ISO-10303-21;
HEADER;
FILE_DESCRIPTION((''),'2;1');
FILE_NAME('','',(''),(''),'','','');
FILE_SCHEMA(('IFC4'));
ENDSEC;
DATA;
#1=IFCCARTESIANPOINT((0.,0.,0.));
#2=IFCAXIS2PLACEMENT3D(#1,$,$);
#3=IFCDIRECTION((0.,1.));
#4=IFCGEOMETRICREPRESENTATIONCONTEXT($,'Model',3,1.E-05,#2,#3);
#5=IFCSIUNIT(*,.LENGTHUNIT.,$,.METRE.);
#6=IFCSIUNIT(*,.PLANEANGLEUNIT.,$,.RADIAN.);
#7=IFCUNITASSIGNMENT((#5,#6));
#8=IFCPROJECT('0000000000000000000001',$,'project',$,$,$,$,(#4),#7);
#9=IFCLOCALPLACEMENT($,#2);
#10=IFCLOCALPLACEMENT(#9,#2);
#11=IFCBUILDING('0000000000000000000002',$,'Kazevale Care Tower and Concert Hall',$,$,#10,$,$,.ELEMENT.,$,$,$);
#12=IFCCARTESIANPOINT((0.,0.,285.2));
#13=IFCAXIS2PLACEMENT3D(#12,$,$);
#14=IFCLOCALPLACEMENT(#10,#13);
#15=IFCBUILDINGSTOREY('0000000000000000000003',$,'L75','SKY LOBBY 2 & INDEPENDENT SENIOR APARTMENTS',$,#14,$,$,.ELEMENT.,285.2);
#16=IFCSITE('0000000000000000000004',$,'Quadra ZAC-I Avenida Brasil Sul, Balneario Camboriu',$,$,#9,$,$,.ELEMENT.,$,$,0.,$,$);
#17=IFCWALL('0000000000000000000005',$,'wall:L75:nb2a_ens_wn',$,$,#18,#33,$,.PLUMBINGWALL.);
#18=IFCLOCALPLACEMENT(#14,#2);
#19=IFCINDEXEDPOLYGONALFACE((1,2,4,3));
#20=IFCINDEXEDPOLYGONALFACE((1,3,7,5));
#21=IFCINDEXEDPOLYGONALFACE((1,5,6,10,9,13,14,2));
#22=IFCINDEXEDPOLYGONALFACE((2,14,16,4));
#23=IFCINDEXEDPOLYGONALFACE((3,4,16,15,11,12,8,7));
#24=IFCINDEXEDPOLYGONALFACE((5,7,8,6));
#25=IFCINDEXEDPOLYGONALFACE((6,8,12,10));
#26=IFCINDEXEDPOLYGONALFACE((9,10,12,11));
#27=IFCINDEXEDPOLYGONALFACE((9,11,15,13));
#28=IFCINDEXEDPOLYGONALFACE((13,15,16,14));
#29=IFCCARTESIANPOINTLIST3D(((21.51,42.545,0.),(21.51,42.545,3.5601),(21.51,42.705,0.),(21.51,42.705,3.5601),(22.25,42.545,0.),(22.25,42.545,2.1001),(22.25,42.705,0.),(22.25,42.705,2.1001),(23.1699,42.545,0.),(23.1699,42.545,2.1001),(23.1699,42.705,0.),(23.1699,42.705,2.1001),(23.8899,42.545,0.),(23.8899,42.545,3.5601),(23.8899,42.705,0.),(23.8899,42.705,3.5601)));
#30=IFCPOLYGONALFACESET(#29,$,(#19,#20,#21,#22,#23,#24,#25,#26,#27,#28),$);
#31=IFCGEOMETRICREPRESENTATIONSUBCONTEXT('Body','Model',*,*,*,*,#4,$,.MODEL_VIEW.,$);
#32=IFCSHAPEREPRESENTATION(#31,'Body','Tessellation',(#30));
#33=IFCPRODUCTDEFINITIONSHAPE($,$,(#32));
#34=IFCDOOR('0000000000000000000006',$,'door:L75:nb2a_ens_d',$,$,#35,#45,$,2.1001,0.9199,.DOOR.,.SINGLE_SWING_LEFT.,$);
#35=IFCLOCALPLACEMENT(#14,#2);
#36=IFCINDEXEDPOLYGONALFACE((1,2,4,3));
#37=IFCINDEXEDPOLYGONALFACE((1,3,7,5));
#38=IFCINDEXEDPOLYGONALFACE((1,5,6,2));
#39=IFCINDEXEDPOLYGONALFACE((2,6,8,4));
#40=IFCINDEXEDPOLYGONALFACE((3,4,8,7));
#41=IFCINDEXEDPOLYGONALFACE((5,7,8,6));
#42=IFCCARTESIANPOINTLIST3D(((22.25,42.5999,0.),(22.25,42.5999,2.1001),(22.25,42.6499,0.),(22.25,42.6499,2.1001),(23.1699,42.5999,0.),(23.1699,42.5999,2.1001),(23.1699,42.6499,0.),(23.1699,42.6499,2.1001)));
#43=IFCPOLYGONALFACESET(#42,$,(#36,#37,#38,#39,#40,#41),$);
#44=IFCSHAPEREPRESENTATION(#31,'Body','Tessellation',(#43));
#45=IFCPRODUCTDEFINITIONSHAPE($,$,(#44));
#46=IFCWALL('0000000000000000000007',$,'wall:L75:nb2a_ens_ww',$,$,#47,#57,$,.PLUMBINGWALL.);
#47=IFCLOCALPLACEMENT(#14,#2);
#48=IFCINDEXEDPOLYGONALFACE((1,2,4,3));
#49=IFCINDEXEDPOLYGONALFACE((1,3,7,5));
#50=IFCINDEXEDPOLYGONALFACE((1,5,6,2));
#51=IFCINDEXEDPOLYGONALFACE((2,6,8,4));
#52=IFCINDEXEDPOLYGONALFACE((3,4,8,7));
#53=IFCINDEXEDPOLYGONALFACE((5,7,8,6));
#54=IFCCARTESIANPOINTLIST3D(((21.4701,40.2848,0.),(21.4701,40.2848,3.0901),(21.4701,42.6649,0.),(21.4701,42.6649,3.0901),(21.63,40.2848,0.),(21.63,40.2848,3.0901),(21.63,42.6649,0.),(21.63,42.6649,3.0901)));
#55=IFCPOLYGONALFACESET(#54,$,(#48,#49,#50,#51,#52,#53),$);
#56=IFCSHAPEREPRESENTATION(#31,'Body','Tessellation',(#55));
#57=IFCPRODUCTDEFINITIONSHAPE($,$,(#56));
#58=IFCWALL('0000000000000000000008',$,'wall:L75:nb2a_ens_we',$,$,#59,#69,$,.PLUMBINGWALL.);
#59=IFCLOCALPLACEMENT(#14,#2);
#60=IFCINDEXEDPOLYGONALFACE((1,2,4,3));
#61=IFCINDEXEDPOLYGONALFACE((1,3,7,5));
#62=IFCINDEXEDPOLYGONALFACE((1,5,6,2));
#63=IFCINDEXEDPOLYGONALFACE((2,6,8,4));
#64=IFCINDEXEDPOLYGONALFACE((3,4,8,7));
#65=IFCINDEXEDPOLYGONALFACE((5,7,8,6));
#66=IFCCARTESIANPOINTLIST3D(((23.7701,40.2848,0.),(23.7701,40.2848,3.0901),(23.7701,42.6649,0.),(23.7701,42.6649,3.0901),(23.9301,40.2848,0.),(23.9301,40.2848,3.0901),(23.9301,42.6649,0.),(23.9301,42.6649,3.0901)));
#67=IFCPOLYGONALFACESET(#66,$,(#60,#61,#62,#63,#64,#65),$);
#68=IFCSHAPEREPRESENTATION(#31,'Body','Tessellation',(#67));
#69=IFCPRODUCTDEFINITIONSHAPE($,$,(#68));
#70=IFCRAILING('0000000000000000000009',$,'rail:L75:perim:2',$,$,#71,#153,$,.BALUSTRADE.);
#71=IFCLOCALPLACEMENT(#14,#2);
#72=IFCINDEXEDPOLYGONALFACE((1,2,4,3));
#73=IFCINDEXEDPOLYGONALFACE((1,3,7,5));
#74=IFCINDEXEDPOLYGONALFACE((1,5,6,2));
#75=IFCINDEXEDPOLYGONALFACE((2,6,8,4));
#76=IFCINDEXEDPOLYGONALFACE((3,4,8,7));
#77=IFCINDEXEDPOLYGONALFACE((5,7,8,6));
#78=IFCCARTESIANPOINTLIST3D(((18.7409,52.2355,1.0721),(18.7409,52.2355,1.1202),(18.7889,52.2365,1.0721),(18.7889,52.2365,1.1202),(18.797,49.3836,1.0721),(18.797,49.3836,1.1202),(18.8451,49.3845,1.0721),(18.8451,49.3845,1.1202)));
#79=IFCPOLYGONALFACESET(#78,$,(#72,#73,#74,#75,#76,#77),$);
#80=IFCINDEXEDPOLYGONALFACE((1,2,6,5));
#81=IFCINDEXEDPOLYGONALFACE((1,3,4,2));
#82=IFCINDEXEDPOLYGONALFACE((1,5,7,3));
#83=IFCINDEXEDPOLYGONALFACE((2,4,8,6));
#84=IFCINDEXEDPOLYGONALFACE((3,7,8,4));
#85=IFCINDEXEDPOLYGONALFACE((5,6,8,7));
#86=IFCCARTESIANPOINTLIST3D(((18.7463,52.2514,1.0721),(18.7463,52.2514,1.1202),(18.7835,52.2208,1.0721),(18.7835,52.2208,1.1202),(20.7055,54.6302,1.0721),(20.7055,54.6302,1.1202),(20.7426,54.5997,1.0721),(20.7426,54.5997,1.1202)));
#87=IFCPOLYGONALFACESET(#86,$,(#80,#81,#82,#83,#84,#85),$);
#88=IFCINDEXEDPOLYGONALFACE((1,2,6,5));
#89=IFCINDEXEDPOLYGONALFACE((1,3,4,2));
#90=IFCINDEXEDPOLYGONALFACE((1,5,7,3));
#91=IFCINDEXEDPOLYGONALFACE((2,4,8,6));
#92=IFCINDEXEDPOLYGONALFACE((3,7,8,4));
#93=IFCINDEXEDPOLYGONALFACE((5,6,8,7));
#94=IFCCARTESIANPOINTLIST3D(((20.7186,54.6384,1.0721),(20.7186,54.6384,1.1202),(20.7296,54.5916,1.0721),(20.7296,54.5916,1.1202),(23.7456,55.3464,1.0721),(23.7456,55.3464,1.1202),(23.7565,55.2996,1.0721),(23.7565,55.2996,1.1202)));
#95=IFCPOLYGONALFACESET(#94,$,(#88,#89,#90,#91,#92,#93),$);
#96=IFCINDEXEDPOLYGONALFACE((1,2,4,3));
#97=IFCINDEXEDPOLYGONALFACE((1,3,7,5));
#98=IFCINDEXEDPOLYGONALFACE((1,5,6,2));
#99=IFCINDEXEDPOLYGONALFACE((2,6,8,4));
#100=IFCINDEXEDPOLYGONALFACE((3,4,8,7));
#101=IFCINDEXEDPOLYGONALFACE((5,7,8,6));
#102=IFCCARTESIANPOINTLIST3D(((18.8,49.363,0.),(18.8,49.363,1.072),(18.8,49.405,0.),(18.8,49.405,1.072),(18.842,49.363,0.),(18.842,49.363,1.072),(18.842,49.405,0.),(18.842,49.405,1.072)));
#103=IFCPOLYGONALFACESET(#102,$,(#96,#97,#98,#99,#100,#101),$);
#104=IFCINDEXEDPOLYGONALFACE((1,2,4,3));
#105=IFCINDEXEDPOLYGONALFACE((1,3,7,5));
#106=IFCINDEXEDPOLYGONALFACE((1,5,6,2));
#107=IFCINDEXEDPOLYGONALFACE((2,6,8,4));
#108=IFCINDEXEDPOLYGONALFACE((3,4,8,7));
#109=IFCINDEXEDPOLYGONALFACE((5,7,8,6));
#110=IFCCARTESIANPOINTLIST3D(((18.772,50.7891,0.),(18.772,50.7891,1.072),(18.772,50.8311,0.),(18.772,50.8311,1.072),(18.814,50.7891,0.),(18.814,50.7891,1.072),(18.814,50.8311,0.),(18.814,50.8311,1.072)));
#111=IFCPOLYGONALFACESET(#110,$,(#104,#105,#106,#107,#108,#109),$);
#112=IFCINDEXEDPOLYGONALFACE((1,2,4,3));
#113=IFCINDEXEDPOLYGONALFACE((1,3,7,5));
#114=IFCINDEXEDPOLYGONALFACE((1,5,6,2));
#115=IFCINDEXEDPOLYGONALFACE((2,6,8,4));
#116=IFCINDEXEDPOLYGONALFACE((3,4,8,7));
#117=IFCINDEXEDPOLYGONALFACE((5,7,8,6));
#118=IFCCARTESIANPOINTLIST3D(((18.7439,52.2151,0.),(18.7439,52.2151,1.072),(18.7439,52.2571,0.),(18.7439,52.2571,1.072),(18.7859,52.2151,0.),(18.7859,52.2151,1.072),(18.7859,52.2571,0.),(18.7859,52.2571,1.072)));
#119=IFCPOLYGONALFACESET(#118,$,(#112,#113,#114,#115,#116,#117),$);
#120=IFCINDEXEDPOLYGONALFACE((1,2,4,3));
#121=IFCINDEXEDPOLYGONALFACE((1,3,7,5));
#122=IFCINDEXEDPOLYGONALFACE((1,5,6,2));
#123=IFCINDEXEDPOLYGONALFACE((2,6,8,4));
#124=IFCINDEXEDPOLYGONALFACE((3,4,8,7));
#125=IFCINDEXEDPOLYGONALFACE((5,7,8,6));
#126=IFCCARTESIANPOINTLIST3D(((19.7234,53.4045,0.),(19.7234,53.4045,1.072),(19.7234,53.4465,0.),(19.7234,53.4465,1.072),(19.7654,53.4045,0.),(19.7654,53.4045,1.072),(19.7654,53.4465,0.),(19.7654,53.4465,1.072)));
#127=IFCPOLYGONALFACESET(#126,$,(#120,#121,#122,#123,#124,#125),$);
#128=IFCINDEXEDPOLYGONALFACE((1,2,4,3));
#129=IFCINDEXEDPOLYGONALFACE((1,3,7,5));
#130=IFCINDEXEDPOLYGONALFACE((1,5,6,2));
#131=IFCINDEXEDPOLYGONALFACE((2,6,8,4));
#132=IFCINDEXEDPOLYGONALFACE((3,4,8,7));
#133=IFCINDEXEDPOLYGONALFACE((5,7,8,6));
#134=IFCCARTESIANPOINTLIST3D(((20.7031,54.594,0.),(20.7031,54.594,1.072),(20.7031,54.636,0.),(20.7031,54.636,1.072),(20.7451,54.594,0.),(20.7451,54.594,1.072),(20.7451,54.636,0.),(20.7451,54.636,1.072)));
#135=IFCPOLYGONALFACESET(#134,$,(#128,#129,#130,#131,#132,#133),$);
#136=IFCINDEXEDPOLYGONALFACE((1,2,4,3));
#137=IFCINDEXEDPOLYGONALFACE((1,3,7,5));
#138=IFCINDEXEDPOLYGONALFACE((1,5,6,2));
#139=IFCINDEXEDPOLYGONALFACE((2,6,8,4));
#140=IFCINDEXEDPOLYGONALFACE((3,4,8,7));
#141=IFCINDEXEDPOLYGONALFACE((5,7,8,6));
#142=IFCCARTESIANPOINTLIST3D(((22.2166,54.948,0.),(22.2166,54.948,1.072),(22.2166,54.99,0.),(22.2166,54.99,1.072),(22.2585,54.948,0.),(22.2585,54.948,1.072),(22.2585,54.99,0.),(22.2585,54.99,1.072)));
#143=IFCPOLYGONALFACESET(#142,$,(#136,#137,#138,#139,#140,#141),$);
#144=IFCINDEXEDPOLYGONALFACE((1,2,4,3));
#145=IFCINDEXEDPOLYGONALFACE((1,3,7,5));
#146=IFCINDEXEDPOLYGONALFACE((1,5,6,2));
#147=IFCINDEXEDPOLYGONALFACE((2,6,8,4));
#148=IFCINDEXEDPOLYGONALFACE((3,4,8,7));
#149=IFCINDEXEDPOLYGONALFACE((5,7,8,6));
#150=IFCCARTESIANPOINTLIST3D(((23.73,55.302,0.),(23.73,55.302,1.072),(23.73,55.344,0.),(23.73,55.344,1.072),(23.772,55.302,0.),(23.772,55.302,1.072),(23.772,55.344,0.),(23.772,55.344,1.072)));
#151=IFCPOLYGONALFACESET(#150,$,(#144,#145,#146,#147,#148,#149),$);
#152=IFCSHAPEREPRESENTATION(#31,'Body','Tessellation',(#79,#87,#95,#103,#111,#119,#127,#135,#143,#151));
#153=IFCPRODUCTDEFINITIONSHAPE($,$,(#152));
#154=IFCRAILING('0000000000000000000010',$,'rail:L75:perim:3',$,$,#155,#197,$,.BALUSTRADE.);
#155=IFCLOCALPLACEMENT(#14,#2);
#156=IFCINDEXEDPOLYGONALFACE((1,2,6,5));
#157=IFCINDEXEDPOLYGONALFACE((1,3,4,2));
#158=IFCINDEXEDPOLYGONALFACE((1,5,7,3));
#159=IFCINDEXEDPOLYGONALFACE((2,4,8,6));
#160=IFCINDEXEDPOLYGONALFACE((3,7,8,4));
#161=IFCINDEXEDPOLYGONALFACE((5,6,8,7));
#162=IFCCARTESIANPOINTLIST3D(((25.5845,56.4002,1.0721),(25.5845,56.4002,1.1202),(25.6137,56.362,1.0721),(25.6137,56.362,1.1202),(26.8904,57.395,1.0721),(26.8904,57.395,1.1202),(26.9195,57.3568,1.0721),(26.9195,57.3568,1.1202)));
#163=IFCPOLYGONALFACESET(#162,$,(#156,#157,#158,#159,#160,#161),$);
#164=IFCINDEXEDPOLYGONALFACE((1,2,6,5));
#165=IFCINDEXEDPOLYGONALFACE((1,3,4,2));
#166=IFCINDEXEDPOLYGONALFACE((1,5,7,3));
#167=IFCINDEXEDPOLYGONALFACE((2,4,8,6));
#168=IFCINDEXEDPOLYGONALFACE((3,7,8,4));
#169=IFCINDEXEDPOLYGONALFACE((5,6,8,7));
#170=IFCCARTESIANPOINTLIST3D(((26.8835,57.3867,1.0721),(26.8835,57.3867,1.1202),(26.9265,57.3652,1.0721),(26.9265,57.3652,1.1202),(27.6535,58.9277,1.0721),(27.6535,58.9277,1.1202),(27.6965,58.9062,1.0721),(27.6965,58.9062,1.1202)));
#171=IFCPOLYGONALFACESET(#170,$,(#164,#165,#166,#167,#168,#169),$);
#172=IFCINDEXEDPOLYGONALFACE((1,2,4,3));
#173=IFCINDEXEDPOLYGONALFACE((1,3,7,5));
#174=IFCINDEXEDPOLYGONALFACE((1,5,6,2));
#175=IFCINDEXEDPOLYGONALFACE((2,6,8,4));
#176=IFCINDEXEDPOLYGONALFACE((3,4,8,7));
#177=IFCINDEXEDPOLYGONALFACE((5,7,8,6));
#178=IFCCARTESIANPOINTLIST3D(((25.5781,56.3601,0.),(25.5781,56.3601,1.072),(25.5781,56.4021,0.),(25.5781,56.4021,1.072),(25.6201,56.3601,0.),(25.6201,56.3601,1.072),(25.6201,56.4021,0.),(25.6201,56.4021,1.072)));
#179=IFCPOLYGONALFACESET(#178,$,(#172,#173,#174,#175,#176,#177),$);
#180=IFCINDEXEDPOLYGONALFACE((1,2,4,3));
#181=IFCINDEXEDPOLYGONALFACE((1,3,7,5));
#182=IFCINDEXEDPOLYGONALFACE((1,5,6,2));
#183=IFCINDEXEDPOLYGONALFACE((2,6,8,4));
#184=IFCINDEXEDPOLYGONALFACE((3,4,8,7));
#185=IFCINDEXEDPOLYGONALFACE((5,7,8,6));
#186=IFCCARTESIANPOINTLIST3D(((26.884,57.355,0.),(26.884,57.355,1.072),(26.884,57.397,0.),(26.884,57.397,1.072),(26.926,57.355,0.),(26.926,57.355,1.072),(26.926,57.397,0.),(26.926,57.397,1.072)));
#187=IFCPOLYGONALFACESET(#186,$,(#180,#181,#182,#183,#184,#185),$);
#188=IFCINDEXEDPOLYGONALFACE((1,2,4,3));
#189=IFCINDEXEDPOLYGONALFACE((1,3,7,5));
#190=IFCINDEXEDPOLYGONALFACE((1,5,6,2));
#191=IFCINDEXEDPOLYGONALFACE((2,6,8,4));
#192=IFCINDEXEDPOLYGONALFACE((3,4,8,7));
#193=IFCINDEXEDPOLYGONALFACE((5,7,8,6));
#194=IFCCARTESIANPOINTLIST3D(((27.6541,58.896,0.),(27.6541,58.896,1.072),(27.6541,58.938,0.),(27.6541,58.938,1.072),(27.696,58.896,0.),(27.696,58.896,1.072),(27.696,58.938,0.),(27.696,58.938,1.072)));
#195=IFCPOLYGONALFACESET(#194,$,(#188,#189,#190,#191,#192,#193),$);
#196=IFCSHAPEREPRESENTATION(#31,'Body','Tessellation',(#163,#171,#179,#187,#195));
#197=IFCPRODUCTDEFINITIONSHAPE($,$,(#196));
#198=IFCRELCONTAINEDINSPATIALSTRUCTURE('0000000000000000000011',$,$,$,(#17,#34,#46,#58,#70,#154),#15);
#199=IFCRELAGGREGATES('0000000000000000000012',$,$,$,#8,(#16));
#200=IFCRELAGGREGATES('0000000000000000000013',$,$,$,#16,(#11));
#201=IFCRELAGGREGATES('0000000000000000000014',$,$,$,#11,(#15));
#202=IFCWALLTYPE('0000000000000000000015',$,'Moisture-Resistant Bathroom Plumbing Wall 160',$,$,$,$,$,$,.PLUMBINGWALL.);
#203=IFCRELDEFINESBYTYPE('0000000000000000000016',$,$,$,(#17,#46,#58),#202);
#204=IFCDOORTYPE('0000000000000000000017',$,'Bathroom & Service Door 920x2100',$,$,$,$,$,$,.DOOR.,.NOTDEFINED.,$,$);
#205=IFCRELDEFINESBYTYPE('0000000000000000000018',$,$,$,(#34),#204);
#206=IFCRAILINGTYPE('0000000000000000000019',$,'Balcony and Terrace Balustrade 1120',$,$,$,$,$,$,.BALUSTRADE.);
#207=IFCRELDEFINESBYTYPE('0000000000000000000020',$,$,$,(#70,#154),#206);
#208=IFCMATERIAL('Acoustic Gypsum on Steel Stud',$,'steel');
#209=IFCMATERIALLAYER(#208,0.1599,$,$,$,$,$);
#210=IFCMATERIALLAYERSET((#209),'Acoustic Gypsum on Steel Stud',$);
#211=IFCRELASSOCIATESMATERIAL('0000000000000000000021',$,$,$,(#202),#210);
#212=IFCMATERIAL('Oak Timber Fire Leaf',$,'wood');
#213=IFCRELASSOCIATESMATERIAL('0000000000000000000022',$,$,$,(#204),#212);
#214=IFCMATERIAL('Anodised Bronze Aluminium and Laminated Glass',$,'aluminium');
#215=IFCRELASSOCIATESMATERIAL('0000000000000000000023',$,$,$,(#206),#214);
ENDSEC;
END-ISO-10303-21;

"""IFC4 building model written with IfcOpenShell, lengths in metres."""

from ifc_helpers import new_model, si_unit, direction, frame, frame_2d, origin, origin_2d, place, context, subcontext, project, spatial, rectangle, extrude, material, layer, layer_set, type_object, element, fill, save


model = new_model("IFC4")

# Units and contexts
model_context = context("Model", 3, precision=1e-05, world=origin(), true_north=direction((0.0, 1.0)))
body_context = subcontext(model_context, "Body", "Model", "MODEL_VIEW")
ifc_project = project(units=[si_unit("LENGTHUNIT", "METRE"), si_unit("PLANEANGLEUNIT", "RADIAN")], contexts=[model_context])

# Site, building, storey
site_placement = place(None, origin())
site = spatial("IfcSite", under=ifc_project, at=site_placement, Name="Quadra ZAC-I Avenida Brasil Sul, Balneario Camboriu", CompositionType="ELEMENT", RefElevation=0.0)
building_placement = place(site_placement, origin())
building = spatial("IfcBuilding", under=site, at=building_placement, Name="Kazevale Care Tower and Concert Hall", CompositionType="ELEMENT")
storey_placement = place(building_placement, frame((0.0, 0.0, 285.2)))
storey = spatial("IfcBuildingStorey", under=building, at=storey_placement, Name="L75", Description="SKY LOBBY 2 & INDEPENDENT SENIOR APARTMENTS", CompositionType="ELEMENT", Elevation=285.2)

# Shared definitions
ifc_material_1 = material(Name="Acoustic Gypsum on Steel Stud", Category="steel")

# Shared definitions
ifc_material_2 = material(Name="Oak Timber Fire Leaf", Category="wood")

# Shared definitions
ifc_layer_1 = layer(ifc_material_1, 0.1599)
ifc_layer_set_1 = layer_set([ifc_layer_1], Name="Acoustic Gypsum on Steel Stud")
wall_type_1 = type_object("IfcWallType", Name="Moisture-Resistant Bathroom Plumbing Wall 160", PredefinedType="PLUMBINGWALL", material=ifc_layer_set_1)

# Wall, opening, door
wall_1_placement = place(storey_placement, frame((21.51, 42.625, 0.0), z_axis=(0.0, 0.0, 1.0), x_axis=(1.0, 0.0, 0.0)))
wall_1 = element("IfcWall", 1, at=wall_1_placement, inside=storey, type_object=wall_type_1, Name="wall:L75:nb2a_ens_wn", PredefinedType="PLUMBINGWALL", context=body_context, shape_type="SweptSolid", body=[
    extrude(rectangle(XDim=2.3799, YDim=0.1599, at=frame_2d((1.1899, 0.0))), origin(), (0.0, 0.0, 1.0), 3.5601),
])
opening_1_placement = place(wall_1_placement, frame((0.74, 0.0, 0.0)))
opening_1 = element("IfcOpeningElement", 2, at=opening_1_placement, cuts=wall_1, PredefinedType="OPENING", context=body_context, shape_type="SweptSolid", body=[
    extrude(rectangle(XDim=0.9199, YDim=2.1001, at=frame_2d((0.46, 1.05))), frame((0.0, 0.0898, 0.0), z_axis=(0.0, -1.0, 0.0), x_axis=(1.0, 0.0, 0.0)), (0.0, 0.0, 1.0), 0.1799),
])
door_type_1 = type_object("IfcDoorType", Name="Bathroom & Service Door 920x2100", OperationType="NOTDEFINED", PredefinedType="DOOR", material=ifc_material_2)
door_1_placement = place(opening_1_placement, origin())
door_1 = element("IfcDoor", 3, at=door_1_placement, inside=storey, type_object=door_type_1, Name="door:L75:nb2a_ens_d", OperationType="SINGLE_SWING_LEFT", OverallHeight=2.1001, OverallWidth=0.9199, PredefinedType="DOOR", context=body_context, shape_type="SweptSolid", body=[
    extrude(rectangle(XDim=0.9199, YDim=2.1001, at=frame_2d((0.46, 1.05))), frame((0.0, 0.0249, 0.0), z_axis=(0.0, -1.0, 0.0), x_axis=(1.0, 0.0, 0.0)), (0.0, 0.0, 1.0), 0.05),
])
fill(opening_1, door_1)

# Walls
for number, where, z_axis, x_axis, name in (
    (4, (21.55, 40.2849, 0.0), (0.0, 0.0, 1.0), (0.0, 1.0, 0.0), "wall:L75:nb2a_ens_ww"),
    (5, (23.8501, 40.2849, 0.0), (0.0, 0.0, 1.0), (0.0, 1.0, 0.0), "wall:L75:nb2a_ens_we"),
):
    element("IfcWall", number, at=place(storey_placement, frame(where, z_axis=z_axis, x_axis=x_axis)), inside=storey, type_object=wall_type_1, Name=name, PredefinedType="PLUMBINGWALL", context=body_context, shape_type="SweptSolid", body=[
        extrude(rectangle(XDim=2.3801, YDim=0.1599, at=frame_2d((1.1899, 0.0))), origin(), (0.0, 0.0, 1.0), 3.0901),
    ])

# Railings
ifc_material_3 = material(Name="Anodised Bronze Aluminium and Laminated Glass", Category="aluminium")
railing_type = type_object("IfcRailingType", Name="Balcony and Terrace Balustrade 1120", PredefinedType="BALUSTRADE", material=ifc_material_3)
railing_1_placement = place(storey_placement, frame((18.821, 49.384, 0.0)))
element("IfcRailing", 6, at=railing_1_placement, inside=storey, type_object=railing_type, Name="rail:L75:perim:2", PredefinedType="BALUSTRADE", context=body_context, shape_type="SweptSolid", body=[
    extrude(rectangle(XDim=0.0481, YDim=0.0481, at=origin_2d()), frame((0.0, 0.0, 1.0962), z_axis=(-0.019685, 0.999806, 0.0), x_axis=(-0.999806, -0.019685, 0.0)), (0.0, 0.0, 1.0), 2.8525),
    extrude(rectangle(XDim=0.0481, YDim=0.0481, at=origin_2d()), frame((-0.0562, 2.8521, 1.0962), z_axis=(0.635732, 0.77191, 0.0), x_axis=(-0.77191, 0.635732, 0.0)), (0.0, 0.0, 1.0), 3.0818),
    extrude(rectangle(XDim=0.0481, YDim=0.0481, at=origin_2d()), frame((1.9031, 5.231, 1.0962), z_axis=(0.973717, 0.227761, 0.0), x_axis=(-0.227761, 0.973717, 0.0)), (0.0, 0.0, 1.0), 3.1086),
    extrude(rectangle(XDim=0.042, YDim=0.042, at=origin_2d()), origin(), (0.0, 0.0, 1.0), 1.072),
    extrude(rectangle(XDim=0.042, YDim=0.042, at=origin_2d()), frame((-0.0281, 1.426, 0.0)), (0.0, 0.0, 1.0), 1.072),
    extrude(rectangle(XDim=0.042, YDim=0.042, at=origin_2d()), frame((-0.0562, 2.8521, 0.0)), (0.0, 0.0, 1.0), 1.072),
    extrude(rectangle(XDim=0.042, YDim=0.042, at=origin_2d()), frame((0.9233, 4.0415, 0.0)), (0.0, 0.0, 1.0), 1.072),
    extrude(rectangle(XDim=0.042, YDim=0.042, at=origin_2d()), frame((1.9031, 5.231, 0.0)), (0.0, 0.0, 1.0), 1.072),
    extrude(rectangle(XDim=0.042, YDim=0.042, at=origin_2d()), frame((3.4165, 5.585, 0.0)), (0.0, 0.0, 1.0), 1.072),
    extrude(rectangle(XDim=0.042, YDim=0.042, at=origin_2d()), frame((4.9299, 5.939, 0.0)), (0.0, 0.0, 1.0), 1.072),
])
railing_2_placement = place(storey_placement, frame((25.5991, 56.3811, 0.0)))
element("IfcRailing", 7, at=railing_2_placement, inside=storey, type_object=railing_type, Name="rail:L75:perim:3", PredefinedType="BALUSTRADE", context=body_context, shape_type="SweptSolid", body=[
    extrude(rectangle(XDim=0.0481, YDim=0.0481, at=origin_2d()), frame((0.0, 0.0, 1.0962), z_axis=(0.795462, 0.606003, 0.0), x_axis=(-0.606003, 0.795462, 0.0)), (0.0, 0.0, 1.0), 1.6416),
    extrude(rectangle(XDim=0.0481, YDim=0.0481, at=origin_2d()), frame((1.3059, 0.9949, 1.0962), z_axis=(0.446987, 0.894541, 0.0), x_axis=(-0.894541, 0.446987, 0.0)), (0.0, 0.0, 1.0), 1.7227),
    extrude(rectangle(XDim=0.042, YDim=0.042, at=origin_2d()), origin(), (0.0, 0.0, 1.0), 1.072),
    extrude(rectangle(XDim=0.042, YDim=0.042, at=origin_2d()), frame((1.3059, 0.9949, 0.0)), (0.0, 0.0, 1.0), 1.072),
    extrude(rectangle(XDim=0.042, YDim=0.042, at=origin_2d()), frame((2.0759, 2.5359, 0.0)), (0.0, 0.0, 1.0), 1.072),
])

save(model, "model.ifc")
